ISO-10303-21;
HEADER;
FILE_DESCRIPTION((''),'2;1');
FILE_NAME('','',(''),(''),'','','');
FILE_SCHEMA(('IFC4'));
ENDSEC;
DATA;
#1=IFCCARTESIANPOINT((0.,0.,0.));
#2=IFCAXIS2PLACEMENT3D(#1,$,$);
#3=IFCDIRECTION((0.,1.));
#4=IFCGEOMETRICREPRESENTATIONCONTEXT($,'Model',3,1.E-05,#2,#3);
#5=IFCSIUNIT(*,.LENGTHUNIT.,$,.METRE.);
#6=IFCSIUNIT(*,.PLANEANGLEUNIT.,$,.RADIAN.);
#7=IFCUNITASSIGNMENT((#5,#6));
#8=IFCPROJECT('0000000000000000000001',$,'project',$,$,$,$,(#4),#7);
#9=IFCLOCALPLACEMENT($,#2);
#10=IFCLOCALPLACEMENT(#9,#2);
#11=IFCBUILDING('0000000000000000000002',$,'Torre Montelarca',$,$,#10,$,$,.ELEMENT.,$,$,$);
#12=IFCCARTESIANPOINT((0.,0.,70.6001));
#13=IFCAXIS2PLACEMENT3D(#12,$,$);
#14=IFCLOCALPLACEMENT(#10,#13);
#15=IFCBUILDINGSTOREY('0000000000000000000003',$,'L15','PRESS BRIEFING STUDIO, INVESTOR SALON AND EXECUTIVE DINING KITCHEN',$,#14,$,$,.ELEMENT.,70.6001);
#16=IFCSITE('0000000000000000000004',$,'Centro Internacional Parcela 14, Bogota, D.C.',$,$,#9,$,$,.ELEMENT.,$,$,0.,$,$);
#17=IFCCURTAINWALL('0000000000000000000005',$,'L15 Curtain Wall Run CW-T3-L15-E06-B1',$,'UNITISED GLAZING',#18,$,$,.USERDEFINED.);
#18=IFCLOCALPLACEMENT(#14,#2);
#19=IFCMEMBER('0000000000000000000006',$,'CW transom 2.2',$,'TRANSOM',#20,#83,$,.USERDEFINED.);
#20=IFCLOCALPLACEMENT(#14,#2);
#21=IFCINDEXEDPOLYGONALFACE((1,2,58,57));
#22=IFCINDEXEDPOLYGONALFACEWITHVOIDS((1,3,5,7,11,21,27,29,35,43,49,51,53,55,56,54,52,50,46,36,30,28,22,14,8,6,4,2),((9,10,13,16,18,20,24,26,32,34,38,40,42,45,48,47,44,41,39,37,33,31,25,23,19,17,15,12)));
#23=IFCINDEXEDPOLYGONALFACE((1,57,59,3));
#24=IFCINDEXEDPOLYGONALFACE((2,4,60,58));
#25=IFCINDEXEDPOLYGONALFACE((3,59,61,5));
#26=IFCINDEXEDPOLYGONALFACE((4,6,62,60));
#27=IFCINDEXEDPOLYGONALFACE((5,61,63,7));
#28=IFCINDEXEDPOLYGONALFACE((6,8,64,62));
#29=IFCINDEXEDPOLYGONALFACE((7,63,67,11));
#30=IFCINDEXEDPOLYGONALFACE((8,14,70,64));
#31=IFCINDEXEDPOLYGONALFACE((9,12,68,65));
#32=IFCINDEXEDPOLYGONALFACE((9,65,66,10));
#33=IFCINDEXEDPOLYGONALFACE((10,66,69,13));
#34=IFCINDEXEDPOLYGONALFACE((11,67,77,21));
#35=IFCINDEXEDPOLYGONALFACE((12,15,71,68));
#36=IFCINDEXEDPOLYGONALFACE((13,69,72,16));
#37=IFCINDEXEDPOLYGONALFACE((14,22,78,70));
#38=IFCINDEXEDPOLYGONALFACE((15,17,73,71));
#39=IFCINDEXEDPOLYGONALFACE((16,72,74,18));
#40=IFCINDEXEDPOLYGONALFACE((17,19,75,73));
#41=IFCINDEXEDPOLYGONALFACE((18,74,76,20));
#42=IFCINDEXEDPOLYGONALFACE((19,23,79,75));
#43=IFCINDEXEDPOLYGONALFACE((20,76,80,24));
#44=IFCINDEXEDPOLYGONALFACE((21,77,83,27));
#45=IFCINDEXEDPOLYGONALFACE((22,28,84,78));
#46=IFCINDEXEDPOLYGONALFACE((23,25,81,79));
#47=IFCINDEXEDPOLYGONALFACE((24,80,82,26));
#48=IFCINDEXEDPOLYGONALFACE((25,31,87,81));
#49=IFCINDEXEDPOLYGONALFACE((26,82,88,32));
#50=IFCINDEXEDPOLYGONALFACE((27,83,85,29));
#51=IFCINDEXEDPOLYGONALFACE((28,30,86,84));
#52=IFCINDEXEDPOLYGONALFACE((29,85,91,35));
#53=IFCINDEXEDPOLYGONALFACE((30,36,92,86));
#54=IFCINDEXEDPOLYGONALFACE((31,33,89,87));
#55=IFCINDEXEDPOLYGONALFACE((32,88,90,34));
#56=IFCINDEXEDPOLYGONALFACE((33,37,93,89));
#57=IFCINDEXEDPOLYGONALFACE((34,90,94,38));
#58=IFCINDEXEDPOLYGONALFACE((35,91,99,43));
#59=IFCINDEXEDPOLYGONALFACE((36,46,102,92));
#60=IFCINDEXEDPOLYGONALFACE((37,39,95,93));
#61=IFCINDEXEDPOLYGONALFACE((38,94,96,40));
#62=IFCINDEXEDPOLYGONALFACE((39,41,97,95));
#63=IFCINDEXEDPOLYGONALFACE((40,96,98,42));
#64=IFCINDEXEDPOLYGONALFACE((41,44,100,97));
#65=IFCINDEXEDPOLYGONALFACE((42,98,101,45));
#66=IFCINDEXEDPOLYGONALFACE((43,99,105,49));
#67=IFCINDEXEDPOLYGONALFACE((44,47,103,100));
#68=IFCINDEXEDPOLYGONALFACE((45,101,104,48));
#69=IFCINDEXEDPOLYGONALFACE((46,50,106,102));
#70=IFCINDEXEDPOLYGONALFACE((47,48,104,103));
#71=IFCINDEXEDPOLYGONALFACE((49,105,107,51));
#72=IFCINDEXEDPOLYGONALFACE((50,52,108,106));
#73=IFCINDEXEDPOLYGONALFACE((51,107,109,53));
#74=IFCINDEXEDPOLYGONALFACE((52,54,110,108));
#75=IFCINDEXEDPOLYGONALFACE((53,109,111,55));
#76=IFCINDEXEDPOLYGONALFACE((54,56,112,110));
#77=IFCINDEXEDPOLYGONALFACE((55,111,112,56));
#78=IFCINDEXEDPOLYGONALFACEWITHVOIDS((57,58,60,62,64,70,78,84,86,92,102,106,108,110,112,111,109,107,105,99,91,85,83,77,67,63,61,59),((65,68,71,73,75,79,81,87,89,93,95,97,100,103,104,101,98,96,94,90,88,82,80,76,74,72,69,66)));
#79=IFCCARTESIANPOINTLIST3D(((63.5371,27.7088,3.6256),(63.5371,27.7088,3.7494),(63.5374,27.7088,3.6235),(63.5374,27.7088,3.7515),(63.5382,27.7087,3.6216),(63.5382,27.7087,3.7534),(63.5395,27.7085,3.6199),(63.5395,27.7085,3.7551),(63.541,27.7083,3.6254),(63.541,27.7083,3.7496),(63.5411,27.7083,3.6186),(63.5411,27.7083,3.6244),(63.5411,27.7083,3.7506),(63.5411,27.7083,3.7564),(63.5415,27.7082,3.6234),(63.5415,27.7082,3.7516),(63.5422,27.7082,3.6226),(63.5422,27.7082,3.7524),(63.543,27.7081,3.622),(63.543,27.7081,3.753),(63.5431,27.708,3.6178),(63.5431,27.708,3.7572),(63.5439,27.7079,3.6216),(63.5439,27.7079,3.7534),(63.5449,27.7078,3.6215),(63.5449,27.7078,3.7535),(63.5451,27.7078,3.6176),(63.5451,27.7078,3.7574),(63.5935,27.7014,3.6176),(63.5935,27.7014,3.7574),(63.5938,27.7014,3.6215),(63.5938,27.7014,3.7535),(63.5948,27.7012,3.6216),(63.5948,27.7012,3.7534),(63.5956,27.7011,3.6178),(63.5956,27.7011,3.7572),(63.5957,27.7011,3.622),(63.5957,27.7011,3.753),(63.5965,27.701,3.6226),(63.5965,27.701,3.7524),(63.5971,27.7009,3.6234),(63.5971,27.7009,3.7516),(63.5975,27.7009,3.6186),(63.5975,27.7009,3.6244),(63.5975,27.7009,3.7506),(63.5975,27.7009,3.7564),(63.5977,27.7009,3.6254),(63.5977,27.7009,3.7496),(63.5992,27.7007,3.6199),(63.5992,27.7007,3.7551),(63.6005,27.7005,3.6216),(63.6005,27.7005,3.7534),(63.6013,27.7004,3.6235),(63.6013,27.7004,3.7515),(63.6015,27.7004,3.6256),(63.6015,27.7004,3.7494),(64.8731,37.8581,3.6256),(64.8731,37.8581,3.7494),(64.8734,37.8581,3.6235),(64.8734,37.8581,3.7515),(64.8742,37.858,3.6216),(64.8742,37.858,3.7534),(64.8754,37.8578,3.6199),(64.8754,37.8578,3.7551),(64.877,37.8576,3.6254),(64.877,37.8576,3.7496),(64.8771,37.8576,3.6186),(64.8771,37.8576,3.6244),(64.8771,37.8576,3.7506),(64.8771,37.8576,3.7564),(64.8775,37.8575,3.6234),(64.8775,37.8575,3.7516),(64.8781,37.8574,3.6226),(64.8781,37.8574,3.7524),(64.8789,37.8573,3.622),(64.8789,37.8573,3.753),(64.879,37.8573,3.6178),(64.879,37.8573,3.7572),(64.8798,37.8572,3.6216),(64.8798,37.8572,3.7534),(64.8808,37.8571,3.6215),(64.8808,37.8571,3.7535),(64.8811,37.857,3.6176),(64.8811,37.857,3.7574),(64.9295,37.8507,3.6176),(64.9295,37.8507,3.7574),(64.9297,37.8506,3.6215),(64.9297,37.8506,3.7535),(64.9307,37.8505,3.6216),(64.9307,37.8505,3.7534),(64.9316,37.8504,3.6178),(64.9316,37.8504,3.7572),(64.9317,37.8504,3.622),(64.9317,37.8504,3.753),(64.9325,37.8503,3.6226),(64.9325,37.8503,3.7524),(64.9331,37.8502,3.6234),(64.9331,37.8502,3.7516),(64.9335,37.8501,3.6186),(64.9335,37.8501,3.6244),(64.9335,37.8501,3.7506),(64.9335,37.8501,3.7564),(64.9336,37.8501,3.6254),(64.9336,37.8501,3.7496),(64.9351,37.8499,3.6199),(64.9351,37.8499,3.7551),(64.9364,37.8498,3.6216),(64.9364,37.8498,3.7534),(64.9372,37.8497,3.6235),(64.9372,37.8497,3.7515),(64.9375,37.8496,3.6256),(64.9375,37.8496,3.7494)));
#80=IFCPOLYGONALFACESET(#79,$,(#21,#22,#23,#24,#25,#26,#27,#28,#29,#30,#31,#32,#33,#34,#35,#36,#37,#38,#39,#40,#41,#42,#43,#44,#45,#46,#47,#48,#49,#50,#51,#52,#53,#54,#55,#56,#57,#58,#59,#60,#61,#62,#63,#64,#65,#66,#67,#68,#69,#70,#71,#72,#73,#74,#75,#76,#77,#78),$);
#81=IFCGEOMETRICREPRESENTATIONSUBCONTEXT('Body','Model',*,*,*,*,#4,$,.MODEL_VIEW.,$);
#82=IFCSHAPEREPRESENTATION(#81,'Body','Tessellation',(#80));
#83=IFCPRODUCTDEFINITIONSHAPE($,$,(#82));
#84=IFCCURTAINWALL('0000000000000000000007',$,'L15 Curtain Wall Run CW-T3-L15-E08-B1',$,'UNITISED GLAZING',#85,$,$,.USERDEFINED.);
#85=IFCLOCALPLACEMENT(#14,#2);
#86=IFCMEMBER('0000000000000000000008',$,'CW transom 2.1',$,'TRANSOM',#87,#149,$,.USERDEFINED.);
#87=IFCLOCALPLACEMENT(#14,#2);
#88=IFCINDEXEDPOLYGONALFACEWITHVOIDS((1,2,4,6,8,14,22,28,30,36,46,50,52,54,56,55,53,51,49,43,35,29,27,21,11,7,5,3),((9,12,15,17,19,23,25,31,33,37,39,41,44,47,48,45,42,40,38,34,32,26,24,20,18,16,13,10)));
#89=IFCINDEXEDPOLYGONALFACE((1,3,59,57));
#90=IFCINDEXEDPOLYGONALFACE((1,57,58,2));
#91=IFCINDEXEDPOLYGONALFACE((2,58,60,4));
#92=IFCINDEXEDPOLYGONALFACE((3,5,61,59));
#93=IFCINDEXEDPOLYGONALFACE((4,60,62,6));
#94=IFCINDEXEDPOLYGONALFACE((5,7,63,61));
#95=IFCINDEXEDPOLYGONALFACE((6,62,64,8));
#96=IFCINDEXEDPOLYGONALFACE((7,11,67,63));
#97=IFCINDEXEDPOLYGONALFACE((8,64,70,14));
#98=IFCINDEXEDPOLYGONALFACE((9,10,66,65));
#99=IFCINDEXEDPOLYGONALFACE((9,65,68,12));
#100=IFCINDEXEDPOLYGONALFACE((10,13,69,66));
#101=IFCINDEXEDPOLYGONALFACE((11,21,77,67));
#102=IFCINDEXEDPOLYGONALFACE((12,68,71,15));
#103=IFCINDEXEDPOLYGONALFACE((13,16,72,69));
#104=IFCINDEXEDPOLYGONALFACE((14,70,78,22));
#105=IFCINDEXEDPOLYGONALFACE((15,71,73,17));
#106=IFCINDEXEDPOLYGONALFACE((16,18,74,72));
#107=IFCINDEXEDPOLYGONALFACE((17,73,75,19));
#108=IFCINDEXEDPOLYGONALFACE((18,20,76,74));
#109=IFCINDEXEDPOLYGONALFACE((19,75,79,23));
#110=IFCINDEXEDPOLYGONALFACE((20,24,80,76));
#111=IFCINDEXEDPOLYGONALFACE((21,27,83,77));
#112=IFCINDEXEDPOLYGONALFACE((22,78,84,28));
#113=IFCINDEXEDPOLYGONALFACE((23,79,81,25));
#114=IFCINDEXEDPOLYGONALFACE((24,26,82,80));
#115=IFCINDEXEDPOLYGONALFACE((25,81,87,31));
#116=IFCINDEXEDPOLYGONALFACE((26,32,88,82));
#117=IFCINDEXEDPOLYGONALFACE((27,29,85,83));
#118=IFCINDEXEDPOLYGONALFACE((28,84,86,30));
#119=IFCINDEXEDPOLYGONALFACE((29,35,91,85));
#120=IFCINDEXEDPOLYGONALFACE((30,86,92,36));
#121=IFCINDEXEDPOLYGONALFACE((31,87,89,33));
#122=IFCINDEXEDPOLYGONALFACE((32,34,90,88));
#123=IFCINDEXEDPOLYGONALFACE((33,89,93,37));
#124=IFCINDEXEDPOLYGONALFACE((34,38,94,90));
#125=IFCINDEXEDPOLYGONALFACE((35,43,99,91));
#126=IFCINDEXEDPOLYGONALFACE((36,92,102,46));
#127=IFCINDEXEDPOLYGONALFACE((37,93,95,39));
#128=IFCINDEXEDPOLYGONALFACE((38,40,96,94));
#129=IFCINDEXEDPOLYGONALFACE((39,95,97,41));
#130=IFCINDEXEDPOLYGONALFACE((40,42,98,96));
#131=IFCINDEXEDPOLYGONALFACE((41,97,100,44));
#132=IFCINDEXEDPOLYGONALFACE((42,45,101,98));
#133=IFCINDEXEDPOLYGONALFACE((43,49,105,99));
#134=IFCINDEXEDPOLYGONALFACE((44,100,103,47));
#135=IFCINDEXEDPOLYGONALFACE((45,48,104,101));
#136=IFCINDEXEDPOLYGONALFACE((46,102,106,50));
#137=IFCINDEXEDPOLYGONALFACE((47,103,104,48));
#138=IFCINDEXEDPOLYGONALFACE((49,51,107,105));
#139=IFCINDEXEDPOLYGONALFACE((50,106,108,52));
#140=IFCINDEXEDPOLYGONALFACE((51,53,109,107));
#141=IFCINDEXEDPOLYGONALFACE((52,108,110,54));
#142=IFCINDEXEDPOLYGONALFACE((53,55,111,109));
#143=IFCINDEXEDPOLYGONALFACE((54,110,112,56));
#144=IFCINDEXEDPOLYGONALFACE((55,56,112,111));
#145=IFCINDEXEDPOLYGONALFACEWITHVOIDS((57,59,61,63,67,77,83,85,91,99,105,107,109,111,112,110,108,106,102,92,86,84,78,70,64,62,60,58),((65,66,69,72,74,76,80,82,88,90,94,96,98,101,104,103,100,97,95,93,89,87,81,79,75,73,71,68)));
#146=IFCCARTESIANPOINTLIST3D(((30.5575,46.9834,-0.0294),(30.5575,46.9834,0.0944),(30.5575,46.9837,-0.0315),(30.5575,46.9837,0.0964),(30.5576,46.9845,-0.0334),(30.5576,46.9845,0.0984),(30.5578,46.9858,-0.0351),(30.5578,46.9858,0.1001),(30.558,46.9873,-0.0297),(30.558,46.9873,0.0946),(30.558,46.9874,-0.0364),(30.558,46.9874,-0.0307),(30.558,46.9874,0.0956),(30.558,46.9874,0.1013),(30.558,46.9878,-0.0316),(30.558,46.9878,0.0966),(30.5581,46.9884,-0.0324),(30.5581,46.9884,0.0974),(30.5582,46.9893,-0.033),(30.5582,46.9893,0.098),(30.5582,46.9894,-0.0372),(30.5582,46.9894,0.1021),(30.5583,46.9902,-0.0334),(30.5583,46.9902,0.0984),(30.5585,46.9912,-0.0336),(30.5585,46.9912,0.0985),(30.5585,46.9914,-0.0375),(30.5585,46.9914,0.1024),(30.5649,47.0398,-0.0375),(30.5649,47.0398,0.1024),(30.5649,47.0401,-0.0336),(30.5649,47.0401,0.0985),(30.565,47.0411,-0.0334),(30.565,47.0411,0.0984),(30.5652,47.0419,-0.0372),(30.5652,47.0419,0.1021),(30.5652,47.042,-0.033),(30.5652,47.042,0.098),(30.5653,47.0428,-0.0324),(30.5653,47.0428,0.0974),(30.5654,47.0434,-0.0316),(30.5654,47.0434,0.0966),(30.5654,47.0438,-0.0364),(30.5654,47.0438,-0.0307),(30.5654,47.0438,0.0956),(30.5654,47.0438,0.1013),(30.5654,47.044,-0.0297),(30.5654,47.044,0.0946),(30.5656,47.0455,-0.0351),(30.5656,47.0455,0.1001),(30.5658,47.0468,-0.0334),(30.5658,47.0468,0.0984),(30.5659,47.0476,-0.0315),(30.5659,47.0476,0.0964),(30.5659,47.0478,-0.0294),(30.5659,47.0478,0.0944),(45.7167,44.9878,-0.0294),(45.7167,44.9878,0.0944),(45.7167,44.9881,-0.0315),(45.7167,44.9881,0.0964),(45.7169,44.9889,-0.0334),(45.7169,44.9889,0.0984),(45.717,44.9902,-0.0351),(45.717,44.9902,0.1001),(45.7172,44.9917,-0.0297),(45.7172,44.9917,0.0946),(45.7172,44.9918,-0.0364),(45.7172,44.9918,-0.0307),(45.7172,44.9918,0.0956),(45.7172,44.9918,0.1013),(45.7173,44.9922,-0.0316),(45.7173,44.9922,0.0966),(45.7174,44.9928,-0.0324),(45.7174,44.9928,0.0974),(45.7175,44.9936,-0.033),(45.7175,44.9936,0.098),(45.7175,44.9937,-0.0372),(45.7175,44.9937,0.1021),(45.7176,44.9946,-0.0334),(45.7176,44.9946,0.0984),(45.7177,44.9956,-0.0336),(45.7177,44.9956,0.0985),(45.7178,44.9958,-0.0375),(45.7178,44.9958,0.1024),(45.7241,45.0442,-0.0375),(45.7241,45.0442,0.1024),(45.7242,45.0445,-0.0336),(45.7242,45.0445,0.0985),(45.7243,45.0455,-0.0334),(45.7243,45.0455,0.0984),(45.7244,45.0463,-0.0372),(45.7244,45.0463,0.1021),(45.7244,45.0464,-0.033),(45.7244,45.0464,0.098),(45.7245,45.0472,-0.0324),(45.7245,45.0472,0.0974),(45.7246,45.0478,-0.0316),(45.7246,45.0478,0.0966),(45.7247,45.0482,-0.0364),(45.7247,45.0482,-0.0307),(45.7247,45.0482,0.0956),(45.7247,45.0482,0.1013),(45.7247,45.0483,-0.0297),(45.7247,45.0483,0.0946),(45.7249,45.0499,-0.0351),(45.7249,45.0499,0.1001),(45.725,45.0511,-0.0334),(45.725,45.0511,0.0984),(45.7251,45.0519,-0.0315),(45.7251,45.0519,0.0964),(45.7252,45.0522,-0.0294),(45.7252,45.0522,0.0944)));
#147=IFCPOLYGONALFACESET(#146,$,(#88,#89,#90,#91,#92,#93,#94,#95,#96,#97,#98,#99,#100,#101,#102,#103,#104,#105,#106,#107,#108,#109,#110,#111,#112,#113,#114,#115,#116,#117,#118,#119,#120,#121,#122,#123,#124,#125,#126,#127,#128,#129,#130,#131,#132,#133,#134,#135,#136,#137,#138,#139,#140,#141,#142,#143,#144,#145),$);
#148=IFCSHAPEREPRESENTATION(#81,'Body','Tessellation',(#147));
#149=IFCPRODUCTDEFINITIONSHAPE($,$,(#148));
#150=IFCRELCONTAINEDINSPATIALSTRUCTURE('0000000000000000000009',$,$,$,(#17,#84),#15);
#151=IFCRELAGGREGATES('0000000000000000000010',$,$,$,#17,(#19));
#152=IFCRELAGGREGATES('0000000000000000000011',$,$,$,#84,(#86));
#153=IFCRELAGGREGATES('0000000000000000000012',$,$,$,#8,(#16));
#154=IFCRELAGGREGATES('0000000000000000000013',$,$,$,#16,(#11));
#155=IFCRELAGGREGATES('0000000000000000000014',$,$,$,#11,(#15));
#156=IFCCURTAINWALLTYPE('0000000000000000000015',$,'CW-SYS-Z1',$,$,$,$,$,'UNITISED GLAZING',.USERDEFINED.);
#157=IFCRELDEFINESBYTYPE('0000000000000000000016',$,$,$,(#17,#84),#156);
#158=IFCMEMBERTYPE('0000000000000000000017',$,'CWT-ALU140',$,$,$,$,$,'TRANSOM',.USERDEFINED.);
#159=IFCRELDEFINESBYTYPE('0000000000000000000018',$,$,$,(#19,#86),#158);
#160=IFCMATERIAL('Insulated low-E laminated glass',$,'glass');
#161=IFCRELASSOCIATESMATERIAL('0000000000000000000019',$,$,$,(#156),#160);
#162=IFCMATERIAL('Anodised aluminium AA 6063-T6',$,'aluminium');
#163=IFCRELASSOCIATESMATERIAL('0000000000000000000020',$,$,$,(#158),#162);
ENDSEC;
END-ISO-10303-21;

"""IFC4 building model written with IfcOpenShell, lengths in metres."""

from ifc_helpers import new_model, si_unit, direction, frame, origin, origin_2d, place, context, subcontext, project, spatial, hollow_rectangle, extrude, source, transform, mapped, material, material_profile, profile_set, type_object, element, aggregate, save


model = new_model("IFC4")

# Units and contexts
model_context = context("Model", 3, precision=1e-05, world=origin(), true_north=direction((0.0, 1.0)))
body_context = subcontext(model_context, "Body", "Model", "MODEL_VIEW")
ifc_project = project(units=[si_unit("LENGTHUNIT", "METRE"), si_unit("PLANEANGLEUNIT", "RADIAN")], contexts=[model_context])

# Site, building, storey
site_placement = place(None, origin())
site = spatial("IfcSite", under=ifc_project, at=site_placement, Name="Centro Internacional Parcela 14, Bogota, D.C.", CompositionType="ELEMENT", RefElevation=0.0)
building_placement = place(site_placement, origin())
building = spatial("IfcBuilding", under=site, at=building_placement, Name="Torre Montelarca", CompositionType="ELEMENT")
storey_placement = place(building_placement, frame((0.0, 0.0, 70.6001)))
storey = spatial("IfcBuildingStorey", under=building, at=storey_placement, Name="L15", Description="PRESS BRIEFING STUDIO, INVESTOR SALON AND EXECUTIVE DINING KITCHEN", CompositionType="ELEMENT", Elevation=70.6001)

# Curtain walls, members
ifc_material_1 = material(Name="Insulated low-E laminated glass", Category="glass")
curtain_wall_type = type_object("IfcCurtainWallType", Name="CW-SYS-Z1", ElementType="UNITISED GLAZING", PredefinedType="USERDEFINED", material=ifc_material_1)
ifc_material_2 = material(Name="Anodised aluminium AA 6063-T6", Category="aluminium")
ifc_material_profile_1 = material_profile(ifc_material_2, hollow_rectangle(XDim=0.0649, YDim=0.1399, WallThickness=0.0039, InnerFilletRadius=0.0039, OuterFilletRadius=0.0081, at=origin_2d()), Name="ALU65X140X4", Category="aluminium")
ifc_profile_set_1 = profile_set([ifc_material_profile_1], Name="Anodised aluminium AA 6063-T6")
member_type_1 = type_object("IfcMemberType", Name="CWT-ALU140", ElementType="TRANSOM", PredefinedType="USERDEFINED", material=ifc_profile_set_1)
curtain_wall_1_placement = place(storey_placement, origin())
curtain_wall_1 = element("IfcCurtainWall", 1, at=curtain_wall_1_placement, inside=storey, type_object=curtain_wall_type, Name="L15 Curtain Wall Run CW-T3-L15-E06-B1", ObjectType="UNITISED GLAZING", PredefinedType="USERDEFINED")
shared_shape_1 = source(origin(), body_context, "Body", "SweptSolid", [
    extrude(hollow_rectangle(XDim=0.0649, YDim=0.1399, WallThickness=0.0039, InnerFilletRadius=0.0039, OuterFilletRadius=0.0081, at=origin_2d()), origin(), (0.0, 0.0, 1.0), 10.2368),
])
member_1_placement = place(storey_placement, frame((63.5693, 27.7046, 3.6875), z_axis=(0.130504, 0.991448, 0.0), x_axis=(-0.991448, 0.130504, 0.0)))
member_1 = element("IfcMember", 2, at=member_1_placement, type_object=member_type_1, Name="CW transom 2.2", ObjectType="TRANSOM", PredefinedType="USERDEFINED", context=body_context, shape_type="MappedRepresentation", body=[
    mapped(shared_shape_1, transform((0.0, 0.0, 0.0), scale=1.0)),
])
curtain_wall_2_placement = place(storey_placement, origin())
curtain_wall_2 = element("IfcCurtainWall", 3, at=curtain_wall_2_placement, inside=storey, type_object=curtain_wall_type, Name="L15 Curtain Wall Run CW-T3-L15-E08-B1", ObjectType="UNITISED GLAZING", PredefinedType="USERDEFINED")
shared_shape_2 = source(origin(), body_context, "Body", "SweptSolid", [
    extrude(hollow_rectangle(XDim=0.0649, YDim=0.1399, WallThickness=0.0039, InnerFilletRadius=0.0039, OuterFilletRadius=0.0081, at=origin_2d()), origin(), (0.0, 0.0, 1.0), 15.29),
])
member_2_placement = place(storey_placement, frame((45.7209, 45.02, 0.0325), z_axis=(-0.991446, 0.130517, 0.0), x_axis=(-0.130517, -0.991446, 0.0)))
member_2 = element("IfcMember", 4, at=member_2_placement, type_object=member_type_1, Name="CW transom 2.1", ObjectType="TRANSOM", PredefinedType="USERDEFINED", context=body_context, shape_type="MappedRepresentation", body=[
    mapped(shared_shape_2, transform((0.0, 0.0, 0.0), scale=1.0)),
])

aggregate(curtain_wall_1, [member_1])
aggregate(curtain_wall_2, [member_2])

save(model, "model.ifc")
